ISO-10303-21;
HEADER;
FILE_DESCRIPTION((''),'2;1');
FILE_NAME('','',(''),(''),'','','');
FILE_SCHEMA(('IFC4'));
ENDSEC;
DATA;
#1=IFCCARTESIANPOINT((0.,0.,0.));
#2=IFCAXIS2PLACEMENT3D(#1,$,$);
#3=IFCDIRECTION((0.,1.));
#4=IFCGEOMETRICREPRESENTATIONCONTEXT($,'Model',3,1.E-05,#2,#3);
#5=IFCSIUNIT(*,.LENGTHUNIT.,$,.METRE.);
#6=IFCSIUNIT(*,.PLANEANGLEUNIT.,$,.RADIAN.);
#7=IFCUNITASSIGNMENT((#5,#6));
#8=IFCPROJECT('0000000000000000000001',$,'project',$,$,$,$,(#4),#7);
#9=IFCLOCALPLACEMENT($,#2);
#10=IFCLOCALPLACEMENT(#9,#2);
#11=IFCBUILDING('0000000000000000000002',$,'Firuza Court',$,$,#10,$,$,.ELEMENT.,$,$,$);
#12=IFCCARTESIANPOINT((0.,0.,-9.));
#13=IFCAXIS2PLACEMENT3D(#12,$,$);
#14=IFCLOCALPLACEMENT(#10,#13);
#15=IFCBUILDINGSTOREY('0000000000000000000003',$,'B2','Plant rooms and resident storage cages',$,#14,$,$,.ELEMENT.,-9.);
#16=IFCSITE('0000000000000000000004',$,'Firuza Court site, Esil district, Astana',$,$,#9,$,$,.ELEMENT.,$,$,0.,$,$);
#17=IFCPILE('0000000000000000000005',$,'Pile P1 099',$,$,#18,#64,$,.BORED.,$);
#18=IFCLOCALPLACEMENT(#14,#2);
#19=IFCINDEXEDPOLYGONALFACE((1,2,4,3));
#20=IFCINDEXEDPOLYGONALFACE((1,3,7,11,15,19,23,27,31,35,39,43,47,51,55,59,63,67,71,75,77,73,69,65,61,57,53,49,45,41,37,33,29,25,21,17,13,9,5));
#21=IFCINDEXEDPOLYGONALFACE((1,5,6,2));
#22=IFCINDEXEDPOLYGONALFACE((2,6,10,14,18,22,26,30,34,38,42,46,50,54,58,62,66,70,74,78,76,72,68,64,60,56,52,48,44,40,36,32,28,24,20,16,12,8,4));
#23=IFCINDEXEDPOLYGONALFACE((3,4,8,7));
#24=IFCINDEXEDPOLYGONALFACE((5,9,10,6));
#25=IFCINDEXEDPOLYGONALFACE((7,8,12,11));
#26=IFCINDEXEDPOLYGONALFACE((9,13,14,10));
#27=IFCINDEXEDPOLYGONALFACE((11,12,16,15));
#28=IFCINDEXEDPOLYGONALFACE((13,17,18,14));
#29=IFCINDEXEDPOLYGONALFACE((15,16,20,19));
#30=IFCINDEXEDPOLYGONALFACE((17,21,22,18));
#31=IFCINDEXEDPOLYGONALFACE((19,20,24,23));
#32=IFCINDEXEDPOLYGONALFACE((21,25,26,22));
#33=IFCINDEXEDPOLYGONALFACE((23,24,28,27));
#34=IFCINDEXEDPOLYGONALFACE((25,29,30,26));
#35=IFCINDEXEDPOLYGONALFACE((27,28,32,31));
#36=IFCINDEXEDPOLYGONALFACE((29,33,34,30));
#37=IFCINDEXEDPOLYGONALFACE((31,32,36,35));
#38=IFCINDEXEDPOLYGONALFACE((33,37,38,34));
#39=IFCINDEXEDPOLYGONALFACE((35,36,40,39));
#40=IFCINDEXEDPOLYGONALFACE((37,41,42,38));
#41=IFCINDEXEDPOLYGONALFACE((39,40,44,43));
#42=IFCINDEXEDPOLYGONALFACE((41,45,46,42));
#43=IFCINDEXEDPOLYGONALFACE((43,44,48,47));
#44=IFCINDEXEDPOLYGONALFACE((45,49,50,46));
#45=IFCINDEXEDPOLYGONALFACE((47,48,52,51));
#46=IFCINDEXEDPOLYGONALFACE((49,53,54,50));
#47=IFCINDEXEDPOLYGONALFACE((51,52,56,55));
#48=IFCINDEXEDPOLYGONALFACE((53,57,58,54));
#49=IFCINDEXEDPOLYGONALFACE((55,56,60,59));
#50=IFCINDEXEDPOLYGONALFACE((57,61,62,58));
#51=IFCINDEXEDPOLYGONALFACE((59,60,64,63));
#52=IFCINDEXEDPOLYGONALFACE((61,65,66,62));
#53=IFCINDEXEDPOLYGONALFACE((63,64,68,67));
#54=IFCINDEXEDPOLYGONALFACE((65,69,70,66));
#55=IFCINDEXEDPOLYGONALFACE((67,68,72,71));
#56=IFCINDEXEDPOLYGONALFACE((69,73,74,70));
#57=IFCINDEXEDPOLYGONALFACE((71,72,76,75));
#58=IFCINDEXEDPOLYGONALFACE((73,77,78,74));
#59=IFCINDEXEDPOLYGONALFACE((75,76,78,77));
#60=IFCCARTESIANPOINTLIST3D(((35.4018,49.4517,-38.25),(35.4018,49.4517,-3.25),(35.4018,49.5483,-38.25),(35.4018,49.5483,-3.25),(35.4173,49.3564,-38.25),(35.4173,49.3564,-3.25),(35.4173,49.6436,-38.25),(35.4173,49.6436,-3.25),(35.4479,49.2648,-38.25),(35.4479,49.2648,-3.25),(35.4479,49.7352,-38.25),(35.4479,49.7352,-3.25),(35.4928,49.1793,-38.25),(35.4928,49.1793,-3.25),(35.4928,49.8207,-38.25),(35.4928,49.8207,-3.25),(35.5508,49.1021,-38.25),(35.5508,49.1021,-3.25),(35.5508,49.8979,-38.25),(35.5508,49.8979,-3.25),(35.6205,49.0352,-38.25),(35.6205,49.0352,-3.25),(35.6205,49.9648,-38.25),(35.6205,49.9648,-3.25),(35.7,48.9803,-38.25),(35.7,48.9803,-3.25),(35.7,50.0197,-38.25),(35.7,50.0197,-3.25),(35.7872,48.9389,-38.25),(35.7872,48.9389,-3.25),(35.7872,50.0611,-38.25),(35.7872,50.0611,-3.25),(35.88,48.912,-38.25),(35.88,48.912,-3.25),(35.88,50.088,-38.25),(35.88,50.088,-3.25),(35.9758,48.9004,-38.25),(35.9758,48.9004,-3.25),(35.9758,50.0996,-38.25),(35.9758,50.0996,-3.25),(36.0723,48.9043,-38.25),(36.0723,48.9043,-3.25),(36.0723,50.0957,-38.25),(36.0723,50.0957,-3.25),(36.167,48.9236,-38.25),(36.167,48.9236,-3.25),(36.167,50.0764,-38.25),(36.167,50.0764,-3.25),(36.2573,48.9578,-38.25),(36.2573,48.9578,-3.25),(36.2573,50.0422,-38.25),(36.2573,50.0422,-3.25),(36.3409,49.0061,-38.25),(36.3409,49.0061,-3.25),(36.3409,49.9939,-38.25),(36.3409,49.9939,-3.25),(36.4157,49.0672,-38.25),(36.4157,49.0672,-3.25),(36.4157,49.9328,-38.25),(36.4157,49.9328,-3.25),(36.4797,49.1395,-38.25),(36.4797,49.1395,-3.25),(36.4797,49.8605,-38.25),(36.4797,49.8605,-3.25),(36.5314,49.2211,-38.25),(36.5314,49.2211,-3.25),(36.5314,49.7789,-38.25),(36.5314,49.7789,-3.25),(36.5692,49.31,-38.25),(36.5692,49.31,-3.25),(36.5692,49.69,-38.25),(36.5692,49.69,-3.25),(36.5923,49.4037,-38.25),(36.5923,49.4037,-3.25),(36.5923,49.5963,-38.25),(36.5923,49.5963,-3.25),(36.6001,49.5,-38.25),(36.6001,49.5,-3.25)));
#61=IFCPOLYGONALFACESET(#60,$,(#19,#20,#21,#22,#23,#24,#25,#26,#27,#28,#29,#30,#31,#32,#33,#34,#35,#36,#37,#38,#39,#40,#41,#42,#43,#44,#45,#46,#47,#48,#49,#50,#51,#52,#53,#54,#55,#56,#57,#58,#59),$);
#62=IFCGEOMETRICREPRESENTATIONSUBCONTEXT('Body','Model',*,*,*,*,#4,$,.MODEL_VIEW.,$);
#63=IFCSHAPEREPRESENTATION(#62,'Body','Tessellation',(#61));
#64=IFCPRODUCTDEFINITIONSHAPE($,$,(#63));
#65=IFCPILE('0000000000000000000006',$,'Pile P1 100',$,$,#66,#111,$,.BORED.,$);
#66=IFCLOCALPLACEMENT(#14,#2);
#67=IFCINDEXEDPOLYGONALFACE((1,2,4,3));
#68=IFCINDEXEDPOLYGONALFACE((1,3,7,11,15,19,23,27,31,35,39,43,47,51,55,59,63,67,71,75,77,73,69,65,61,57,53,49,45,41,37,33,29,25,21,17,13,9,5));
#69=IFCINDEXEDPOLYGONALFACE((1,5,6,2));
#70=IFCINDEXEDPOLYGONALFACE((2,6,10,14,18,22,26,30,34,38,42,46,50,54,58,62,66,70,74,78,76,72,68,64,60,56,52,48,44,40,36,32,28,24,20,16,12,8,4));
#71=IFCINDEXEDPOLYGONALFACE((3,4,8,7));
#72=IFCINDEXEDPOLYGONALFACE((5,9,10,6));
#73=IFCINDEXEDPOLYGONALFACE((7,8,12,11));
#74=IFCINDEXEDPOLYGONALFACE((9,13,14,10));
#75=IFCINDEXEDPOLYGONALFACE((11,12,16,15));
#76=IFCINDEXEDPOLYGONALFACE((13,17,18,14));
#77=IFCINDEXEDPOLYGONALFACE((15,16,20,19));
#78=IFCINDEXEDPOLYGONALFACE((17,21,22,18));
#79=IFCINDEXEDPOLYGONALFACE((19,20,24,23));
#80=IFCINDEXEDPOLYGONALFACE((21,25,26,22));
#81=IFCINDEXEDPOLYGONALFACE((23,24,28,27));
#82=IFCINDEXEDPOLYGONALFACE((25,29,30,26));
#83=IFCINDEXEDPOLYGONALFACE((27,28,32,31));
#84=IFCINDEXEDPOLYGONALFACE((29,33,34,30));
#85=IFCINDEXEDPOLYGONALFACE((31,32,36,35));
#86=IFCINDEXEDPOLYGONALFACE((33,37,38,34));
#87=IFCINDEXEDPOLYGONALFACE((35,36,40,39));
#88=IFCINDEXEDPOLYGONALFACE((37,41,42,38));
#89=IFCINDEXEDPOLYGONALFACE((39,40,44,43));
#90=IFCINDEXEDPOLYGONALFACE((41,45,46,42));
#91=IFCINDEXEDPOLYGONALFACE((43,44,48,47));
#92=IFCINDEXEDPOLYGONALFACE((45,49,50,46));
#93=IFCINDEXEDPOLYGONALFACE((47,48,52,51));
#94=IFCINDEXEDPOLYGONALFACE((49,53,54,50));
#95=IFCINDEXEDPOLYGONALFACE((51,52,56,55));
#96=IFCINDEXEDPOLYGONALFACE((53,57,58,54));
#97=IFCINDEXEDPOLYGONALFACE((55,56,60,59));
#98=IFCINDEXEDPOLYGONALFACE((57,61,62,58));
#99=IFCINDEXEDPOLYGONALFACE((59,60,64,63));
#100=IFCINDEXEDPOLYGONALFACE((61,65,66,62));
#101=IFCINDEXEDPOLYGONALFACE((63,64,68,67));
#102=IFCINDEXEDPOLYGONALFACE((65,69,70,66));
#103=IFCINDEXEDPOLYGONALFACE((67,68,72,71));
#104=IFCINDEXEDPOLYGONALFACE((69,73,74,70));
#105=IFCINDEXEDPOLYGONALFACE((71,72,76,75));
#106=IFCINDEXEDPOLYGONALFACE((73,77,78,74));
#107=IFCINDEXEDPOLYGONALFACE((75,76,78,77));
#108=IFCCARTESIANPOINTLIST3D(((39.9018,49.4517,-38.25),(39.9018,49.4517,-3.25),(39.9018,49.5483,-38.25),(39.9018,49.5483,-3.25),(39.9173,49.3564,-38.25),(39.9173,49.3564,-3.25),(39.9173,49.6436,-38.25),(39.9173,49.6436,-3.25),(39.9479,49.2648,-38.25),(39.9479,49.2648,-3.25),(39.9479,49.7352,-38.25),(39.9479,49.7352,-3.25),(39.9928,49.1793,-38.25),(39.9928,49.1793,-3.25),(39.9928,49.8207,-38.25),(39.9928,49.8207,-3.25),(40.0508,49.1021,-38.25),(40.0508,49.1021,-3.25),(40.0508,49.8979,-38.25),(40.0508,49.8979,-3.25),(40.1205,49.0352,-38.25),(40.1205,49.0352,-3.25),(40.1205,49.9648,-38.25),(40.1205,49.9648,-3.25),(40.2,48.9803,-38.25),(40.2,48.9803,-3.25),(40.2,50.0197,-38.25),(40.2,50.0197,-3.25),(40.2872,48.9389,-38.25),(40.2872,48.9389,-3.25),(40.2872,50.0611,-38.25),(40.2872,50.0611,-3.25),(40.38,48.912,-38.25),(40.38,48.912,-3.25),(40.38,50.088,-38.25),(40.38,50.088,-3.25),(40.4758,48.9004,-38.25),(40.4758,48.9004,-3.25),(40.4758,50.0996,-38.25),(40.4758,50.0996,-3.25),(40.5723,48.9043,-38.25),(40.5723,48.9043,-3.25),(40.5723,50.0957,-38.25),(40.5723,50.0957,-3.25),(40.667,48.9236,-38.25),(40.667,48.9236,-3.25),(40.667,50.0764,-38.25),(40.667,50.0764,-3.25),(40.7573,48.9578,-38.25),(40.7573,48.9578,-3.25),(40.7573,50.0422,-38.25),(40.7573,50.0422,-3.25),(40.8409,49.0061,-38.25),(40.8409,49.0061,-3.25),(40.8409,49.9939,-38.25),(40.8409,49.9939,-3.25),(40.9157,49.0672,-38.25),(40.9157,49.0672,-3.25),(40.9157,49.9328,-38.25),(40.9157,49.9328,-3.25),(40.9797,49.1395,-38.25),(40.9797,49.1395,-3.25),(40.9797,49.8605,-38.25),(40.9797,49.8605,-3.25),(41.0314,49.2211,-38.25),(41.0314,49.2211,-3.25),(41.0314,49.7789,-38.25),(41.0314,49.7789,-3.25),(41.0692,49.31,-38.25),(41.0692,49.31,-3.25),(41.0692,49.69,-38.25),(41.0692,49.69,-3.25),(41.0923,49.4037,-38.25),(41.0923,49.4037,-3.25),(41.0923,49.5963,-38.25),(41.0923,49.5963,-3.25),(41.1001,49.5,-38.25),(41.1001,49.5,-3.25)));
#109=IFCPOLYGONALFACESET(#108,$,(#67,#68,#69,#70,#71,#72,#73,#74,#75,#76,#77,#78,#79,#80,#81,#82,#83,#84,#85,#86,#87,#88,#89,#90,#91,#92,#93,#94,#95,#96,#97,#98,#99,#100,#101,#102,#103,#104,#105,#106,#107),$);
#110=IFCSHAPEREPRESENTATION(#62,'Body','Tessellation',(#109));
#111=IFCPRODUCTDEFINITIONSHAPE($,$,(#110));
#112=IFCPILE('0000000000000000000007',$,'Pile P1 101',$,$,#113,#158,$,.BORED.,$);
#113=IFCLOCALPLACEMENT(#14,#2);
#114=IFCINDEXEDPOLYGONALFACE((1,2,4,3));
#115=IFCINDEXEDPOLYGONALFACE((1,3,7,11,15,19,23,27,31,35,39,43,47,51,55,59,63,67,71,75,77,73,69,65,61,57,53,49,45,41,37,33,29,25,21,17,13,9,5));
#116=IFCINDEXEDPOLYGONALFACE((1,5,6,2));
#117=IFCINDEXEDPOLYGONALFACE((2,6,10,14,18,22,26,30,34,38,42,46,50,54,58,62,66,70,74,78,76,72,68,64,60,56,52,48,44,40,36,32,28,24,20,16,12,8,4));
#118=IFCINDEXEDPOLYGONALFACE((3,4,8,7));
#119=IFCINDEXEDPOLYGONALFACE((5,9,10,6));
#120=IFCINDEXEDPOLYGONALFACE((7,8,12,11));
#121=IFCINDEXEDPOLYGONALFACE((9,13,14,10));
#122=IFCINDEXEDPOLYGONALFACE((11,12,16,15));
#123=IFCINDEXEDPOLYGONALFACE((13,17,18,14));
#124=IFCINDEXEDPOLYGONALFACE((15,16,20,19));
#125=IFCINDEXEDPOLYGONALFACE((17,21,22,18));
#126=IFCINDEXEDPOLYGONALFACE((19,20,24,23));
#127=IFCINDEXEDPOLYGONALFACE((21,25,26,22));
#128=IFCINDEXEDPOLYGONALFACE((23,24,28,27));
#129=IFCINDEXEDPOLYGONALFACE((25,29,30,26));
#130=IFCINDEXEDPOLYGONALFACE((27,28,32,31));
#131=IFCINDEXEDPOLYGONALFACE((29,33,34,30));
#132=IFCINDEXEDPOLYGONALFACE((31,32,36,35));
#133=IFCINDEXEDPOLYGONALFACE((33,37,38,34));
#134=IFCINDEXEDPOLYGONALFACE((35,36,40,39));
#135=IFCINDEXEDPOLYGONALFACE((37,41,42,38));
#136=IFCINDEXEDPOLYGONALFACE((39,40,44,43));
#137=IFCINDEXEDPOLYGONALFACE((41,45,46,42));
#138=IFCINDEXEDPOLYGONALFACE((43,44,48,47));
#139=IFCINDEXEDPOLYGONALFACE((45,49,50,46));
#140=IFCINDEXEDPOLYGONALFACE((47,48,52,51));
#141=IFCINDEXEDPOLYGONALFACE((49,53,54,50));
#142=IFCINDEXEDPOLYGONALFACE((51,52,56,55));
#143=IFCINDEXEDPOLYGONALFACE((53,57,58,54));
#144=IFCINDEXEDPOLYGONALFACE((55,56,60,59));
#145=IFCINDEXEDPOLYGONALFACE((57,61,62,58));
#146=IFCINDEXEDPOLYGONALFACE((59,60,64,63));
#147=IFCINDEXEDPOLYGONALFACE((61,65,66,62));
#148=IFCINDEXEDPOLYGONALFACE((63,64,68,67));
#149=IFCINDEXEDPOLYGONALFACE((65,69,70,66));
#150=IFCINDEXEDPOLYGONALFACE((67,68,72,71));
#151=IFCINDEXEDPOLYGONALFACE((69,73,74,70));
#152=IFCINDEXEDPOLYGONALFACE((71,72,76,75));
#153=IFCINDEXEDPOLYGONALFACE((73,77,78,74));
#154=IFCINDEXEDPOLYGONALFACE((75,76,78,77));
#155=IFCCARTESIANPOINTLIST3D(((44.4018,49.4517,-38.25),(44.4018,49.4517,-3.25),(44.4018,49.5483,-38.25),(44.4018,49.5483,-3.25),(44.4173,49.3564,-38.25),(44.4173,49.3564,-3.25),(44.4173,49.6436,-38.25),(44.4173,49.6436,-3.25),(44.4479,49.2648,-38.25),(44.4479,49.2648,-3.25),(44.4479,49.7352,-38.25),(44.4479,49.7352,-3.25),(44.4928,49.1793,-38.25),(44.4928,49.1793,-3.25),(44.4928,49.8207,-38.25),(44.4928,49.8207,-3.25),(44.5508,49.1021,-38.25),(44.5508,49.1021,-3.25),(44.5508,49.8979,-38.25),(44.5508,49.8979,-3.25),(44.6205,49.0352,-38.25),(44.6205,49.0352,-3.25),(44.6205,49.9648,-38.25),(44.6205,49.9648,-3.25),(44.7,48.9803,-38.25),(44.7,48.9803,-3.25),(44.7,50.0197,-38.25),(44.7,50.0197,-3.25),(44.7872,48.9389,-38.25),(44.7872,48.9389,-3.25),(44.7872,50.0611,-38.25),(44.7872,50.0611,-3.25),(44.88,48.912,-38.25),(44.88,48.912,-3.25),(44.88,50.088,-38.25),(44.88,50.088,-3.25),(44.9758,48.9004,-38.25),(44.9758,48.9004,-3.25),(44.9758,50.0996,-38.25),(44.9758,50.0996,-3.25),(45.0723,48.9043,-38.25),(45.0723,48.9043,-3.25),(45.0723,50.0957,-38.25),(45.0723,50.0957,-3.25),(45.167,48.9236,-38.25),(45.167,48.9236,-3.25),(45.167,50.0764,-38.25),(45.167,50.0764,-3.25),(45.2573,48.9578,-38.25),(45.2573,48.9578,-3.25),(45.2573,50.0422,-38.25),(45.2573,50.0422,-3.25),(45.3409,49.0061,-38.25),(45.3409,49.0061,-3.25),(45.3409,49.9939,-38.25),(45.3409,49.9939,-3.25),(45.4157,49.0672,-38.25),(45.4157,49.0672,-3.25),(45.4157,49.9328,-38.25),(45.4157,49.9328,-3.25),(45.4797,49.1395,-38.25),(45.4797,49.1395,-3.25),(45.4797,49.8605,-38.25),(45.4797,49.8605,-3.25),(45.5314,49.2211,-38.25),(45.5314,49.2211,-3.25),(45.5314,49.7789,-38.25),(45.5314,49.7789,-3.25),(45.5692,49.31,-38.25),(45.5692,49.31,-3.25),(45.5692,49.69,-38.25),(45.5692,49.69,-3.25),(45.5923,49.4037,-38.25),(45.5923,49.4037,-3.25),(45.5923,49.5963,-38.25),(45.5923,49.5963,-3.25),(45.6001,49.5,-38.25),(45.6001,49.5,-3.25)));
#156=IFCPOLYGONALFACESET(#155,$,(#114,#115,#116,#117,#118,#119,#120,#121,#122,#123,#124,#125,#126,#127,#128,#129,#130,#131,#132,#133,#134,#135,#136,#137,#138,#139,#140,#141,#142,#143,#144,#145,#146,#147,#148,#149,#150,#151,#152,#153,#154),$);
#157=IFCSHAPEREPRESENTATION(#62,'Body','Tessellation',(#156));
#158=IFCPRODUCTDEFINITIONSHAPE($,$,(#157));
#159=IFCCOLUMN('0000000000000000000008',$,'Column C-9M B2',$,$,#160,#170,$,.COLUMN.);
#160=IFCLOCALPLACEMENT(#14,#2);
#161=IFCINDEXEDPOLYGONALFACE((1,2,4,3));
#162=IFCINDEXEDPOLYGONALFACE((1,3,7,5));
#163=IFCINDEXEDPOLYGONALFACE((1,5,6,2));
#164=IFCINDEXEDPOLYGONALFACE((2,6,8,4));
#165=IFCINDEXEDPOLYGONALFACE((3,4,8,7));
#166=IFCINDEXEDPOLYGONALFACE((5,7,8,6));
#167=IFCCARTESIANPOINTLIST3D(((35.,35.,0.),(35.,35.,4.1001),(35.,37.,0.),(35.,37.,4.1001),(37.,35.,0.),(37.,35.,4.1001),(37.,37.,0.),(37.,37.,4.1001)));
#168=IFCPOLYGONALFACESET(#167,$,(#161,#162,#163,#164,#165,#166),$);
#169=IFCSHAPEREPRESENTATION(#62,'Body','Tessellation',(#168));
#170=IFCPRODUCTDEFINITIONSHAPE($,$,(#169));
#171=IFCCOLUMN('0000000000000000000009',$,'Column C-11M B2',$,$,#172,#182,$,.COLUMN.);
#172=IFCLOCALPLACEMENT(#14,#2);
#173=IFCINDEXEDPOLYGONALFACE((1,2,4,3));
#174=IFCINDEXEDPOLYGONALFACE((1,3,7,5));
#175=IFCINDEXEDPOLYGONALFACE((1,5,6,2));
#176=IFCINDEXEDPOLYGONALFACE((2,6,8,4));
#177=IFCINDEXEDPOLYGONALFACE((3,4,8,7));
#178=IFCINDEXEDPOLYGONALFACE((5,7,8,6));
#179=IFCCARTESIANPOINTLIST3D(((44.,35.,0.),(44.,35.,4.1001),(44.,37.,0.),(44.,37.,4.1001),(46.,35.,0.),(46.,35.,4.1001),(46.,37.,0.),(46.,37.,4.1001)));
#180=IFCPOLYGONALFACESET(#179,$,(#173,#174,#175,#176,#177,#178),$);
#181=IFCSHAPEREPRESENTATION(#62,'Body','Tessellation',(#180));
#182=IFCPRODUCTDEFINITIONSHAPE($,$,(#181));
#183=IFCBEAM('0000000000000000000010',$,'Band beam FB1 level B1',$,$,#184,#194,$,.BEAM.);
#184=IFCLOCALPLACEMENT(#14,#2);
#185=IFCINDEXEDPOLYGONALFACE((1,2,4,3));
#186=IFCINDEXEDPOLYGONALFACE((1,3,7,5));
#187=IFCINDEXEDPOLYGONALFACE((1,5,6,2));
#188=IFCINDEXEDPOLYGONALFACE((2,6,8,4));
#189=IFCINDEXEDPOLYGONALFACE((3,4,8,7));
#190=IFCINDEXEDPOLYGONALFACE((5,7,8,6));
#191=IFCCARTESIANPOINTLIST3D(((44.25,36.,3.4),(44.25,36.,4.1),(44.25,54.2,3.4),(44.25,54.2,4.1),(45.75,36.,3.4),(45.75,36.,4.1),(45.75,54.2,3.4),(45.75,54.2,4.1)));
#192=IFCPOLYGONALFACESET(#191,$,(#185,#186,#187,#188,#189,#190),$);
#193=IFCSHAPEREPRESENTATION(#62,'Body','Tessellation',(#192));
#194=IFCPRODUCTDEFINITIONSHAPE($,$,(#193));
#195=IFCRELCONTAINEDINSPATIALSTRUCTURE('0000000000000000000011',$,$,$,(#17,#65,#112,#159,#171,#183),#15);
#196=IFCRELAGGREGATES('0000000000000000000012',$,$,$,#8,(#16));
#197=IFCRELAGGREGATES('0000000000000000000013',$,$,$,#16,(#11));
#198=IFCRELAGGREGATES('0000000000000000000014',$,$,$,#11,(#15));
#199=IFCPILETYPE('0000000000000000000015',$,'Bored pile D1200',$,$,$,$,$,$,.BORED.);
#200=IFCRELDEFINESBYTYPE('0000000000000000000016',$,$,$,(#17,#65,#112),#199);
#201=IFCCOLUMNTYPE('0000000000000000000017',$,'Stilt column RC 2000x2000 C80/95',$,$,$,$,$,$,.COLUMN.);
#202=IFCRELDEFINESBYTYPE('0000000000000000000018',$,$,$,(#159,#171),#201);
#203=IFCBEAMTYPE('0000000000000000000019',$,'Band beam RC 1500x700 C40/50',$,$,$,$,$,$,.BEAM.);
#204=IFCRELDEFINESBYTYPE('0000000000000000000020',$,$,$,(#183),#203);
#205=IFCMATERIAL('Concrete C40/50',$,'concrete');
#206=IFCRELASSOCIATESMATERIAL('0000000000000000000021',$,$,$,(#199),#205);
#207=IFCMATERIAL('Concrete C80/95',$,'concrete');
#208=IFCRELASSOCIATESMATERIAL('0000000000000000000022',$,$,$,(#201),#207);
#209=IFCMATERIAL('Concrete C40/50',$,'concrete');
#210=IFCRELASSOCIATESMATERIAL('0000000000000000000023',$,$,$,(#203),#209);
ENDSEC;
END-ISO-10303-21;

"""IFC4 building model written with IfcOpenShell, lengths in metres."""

from ifc_helpers import new_model, si_unit, direction, frame, origin, origin_2d, place, context, subcontext, project, spatial, rectangle, circle, extrude, material, material_profile, profile_set, type_object, element, save


model = new_model("IFC4")

# Units and contexts
model_context = context("Model", 3, precision=1e-05, world=origin(), true_north=direction((0.0, 1.0)))
body_context = subcontext(model_context, "Body", "Model", "MODEL_VIEW")
ifc_project = project(units=[si_unit("LENGTHUNIT", "METRE"), si_unit("PLANEANGLEUNIT", "RADIAN")], contexts=[model_context])

# Site, building, storey
site_placement = place(None, origin())
site = spatial("IfcSite", under=ifc_project, at=site_placement, Name="Firuza Court site, Esil district, Astana", CompositionType="ELEMENT", RefElevation=0.0)
building_placement = place(site_placement, origin())
building = spatial("IfcBuilding", under=site, at=building_placement, Name="Firuza Court", CompositionType="ELEMENT")
storey_placement = place(building_placement, frame((0.0, 0.0, -9.0)))
storey = spatial("IfcBuildingStorey", under=building, at=storey_placement, Name="B2", Description="Plant rooms and resident storage cages", CompositionType="ELEMENT", Elevation=-9.0)

# Piles
ifc_material_1 = material(Name="Concrete C40/50", Category="concrete")
ifc_material_profile_1 = material_profile(ifc_material_1, circle(Radius=0.6001, at=origin_2d()), Name="Pile D1200")
ifc_profile_set_1 = profile_set([ifc_material_profile_1], Name="Concrete C40/50")
pile_type = type_object("IfcPileType", Name="Bored pile D1200", PredefinedType="BORED", material=ifc_profile_set_1)
for number, where, z_axis, x_axis, name in (
    (1, (36.0, 49.5, -3.25), (0.0, 0.0, -1.0), (1.0, 0.0, 0.0), "Pile P1 099"),
    (2, (40.5, 49.5, -3.25), (0.0, 0.0, -1.0), (1.0, 0.0, 0.0), "Pile P1 100"),
    (3, (45.0, 49.5, -3.25), (0.0, 0.0, -1.0), (1.0, 0.0, 0.0), "Pile P1 101"),
):
    element("IfcPile", number, at=place(storey_placement, frame(where, z_axis=z_axis, x_axis=x_axis)), inside=storey, type_object=pile_type, Name=name, PredefinedType="BORED", context=body_context, shape_type="SweptSolid", body=[
        extrude(circle(Radius=0.6001, at=origin_2d()), origin(), (0.0, 0.0, 1.0), 35.0),
    ])

# Columns
ifc_material_2 = material(Name="Concrete C80/95", Category="concrete")
ifc_material_profile_2 = material_profile(ifc_material_2, rectangle(XDim=2.0, YDim=2.0, at=origin_2d()), Name="RC 2000x2000")
ifc_profile_set_2 = profile_set([ifc_material_profile_2], Name="Concrete C80/95")
column_type = type_object("IfcColumnType", Name="Stilt column RC 2000x2000 C80/95", PredefinedType="COLUMN", material=ifc_profile_set_2)
for number, where, z_axis, x_axis, name in (
    (4, (36.0, 36.0, 0.0), (0.0, 0.0, 1.0), (1.0, 0.0, 0.0), "Column C-9M B2"),
    (5, (45.0, 36.0, 0.0), (0.0, 0.0, 1.0), (1.0, 0.0, 0.0), "Column C-11M B2"),
):
    element("IfcColumn", number, at=place(storey_placement, frame(where, z_axis=z_axis, x_axis=x_axis)), inside=storey, type_object=column_type, Name=name, PredefinedType="COLUMN", context=body_context, shape_type="SweptSolid", body=[
        extrude(rectangle(XDim=2.0, YDim=2.0, at=origin_2d()), origin(), (0.0, 0.0, 1.0), 4.1001),
    ])

# Beam
ifc_material_3 = material(Name="Concrete C40/50", Category="concrete")
ifc_material_profile_3 = material_profile(ifc_material_3, rectangle(XDim=1.5, YDim=0.7, at=origin_2d()), Name="RC 1500x700")
ifc_profile_set_3 = profile_set([ifc_material_profile_3], Name="Concrete C40/50")
beam_type_1 = type_object("IfcBeamType", Name="Band beam RC 1500x700 C40/50", PredefinedType="BEAM", material=ifc_profile_set_3)
beam_1_placement = place(storey_placement, frame((45.0, 36.0, 3.75), z_axis=(0.0, 1.0, 0.0), x_axis=(-1.0, 0.0, 0.0)))
element("IfcBeam", 6, at=beam_1_placement, inside=storey, type_object=beam_type_1, Name="Band beam FB1 level B1", PredefinedType="BEAM", context=body_context, shape_type="SweptSolid", body=[
    extrude(rectangle(XDim=1.5, YDim=0.7, at=origin_2d()), origin(), (0.0, 0.0, 1.0), 18.2),
])

save(model, "model.ifc")
